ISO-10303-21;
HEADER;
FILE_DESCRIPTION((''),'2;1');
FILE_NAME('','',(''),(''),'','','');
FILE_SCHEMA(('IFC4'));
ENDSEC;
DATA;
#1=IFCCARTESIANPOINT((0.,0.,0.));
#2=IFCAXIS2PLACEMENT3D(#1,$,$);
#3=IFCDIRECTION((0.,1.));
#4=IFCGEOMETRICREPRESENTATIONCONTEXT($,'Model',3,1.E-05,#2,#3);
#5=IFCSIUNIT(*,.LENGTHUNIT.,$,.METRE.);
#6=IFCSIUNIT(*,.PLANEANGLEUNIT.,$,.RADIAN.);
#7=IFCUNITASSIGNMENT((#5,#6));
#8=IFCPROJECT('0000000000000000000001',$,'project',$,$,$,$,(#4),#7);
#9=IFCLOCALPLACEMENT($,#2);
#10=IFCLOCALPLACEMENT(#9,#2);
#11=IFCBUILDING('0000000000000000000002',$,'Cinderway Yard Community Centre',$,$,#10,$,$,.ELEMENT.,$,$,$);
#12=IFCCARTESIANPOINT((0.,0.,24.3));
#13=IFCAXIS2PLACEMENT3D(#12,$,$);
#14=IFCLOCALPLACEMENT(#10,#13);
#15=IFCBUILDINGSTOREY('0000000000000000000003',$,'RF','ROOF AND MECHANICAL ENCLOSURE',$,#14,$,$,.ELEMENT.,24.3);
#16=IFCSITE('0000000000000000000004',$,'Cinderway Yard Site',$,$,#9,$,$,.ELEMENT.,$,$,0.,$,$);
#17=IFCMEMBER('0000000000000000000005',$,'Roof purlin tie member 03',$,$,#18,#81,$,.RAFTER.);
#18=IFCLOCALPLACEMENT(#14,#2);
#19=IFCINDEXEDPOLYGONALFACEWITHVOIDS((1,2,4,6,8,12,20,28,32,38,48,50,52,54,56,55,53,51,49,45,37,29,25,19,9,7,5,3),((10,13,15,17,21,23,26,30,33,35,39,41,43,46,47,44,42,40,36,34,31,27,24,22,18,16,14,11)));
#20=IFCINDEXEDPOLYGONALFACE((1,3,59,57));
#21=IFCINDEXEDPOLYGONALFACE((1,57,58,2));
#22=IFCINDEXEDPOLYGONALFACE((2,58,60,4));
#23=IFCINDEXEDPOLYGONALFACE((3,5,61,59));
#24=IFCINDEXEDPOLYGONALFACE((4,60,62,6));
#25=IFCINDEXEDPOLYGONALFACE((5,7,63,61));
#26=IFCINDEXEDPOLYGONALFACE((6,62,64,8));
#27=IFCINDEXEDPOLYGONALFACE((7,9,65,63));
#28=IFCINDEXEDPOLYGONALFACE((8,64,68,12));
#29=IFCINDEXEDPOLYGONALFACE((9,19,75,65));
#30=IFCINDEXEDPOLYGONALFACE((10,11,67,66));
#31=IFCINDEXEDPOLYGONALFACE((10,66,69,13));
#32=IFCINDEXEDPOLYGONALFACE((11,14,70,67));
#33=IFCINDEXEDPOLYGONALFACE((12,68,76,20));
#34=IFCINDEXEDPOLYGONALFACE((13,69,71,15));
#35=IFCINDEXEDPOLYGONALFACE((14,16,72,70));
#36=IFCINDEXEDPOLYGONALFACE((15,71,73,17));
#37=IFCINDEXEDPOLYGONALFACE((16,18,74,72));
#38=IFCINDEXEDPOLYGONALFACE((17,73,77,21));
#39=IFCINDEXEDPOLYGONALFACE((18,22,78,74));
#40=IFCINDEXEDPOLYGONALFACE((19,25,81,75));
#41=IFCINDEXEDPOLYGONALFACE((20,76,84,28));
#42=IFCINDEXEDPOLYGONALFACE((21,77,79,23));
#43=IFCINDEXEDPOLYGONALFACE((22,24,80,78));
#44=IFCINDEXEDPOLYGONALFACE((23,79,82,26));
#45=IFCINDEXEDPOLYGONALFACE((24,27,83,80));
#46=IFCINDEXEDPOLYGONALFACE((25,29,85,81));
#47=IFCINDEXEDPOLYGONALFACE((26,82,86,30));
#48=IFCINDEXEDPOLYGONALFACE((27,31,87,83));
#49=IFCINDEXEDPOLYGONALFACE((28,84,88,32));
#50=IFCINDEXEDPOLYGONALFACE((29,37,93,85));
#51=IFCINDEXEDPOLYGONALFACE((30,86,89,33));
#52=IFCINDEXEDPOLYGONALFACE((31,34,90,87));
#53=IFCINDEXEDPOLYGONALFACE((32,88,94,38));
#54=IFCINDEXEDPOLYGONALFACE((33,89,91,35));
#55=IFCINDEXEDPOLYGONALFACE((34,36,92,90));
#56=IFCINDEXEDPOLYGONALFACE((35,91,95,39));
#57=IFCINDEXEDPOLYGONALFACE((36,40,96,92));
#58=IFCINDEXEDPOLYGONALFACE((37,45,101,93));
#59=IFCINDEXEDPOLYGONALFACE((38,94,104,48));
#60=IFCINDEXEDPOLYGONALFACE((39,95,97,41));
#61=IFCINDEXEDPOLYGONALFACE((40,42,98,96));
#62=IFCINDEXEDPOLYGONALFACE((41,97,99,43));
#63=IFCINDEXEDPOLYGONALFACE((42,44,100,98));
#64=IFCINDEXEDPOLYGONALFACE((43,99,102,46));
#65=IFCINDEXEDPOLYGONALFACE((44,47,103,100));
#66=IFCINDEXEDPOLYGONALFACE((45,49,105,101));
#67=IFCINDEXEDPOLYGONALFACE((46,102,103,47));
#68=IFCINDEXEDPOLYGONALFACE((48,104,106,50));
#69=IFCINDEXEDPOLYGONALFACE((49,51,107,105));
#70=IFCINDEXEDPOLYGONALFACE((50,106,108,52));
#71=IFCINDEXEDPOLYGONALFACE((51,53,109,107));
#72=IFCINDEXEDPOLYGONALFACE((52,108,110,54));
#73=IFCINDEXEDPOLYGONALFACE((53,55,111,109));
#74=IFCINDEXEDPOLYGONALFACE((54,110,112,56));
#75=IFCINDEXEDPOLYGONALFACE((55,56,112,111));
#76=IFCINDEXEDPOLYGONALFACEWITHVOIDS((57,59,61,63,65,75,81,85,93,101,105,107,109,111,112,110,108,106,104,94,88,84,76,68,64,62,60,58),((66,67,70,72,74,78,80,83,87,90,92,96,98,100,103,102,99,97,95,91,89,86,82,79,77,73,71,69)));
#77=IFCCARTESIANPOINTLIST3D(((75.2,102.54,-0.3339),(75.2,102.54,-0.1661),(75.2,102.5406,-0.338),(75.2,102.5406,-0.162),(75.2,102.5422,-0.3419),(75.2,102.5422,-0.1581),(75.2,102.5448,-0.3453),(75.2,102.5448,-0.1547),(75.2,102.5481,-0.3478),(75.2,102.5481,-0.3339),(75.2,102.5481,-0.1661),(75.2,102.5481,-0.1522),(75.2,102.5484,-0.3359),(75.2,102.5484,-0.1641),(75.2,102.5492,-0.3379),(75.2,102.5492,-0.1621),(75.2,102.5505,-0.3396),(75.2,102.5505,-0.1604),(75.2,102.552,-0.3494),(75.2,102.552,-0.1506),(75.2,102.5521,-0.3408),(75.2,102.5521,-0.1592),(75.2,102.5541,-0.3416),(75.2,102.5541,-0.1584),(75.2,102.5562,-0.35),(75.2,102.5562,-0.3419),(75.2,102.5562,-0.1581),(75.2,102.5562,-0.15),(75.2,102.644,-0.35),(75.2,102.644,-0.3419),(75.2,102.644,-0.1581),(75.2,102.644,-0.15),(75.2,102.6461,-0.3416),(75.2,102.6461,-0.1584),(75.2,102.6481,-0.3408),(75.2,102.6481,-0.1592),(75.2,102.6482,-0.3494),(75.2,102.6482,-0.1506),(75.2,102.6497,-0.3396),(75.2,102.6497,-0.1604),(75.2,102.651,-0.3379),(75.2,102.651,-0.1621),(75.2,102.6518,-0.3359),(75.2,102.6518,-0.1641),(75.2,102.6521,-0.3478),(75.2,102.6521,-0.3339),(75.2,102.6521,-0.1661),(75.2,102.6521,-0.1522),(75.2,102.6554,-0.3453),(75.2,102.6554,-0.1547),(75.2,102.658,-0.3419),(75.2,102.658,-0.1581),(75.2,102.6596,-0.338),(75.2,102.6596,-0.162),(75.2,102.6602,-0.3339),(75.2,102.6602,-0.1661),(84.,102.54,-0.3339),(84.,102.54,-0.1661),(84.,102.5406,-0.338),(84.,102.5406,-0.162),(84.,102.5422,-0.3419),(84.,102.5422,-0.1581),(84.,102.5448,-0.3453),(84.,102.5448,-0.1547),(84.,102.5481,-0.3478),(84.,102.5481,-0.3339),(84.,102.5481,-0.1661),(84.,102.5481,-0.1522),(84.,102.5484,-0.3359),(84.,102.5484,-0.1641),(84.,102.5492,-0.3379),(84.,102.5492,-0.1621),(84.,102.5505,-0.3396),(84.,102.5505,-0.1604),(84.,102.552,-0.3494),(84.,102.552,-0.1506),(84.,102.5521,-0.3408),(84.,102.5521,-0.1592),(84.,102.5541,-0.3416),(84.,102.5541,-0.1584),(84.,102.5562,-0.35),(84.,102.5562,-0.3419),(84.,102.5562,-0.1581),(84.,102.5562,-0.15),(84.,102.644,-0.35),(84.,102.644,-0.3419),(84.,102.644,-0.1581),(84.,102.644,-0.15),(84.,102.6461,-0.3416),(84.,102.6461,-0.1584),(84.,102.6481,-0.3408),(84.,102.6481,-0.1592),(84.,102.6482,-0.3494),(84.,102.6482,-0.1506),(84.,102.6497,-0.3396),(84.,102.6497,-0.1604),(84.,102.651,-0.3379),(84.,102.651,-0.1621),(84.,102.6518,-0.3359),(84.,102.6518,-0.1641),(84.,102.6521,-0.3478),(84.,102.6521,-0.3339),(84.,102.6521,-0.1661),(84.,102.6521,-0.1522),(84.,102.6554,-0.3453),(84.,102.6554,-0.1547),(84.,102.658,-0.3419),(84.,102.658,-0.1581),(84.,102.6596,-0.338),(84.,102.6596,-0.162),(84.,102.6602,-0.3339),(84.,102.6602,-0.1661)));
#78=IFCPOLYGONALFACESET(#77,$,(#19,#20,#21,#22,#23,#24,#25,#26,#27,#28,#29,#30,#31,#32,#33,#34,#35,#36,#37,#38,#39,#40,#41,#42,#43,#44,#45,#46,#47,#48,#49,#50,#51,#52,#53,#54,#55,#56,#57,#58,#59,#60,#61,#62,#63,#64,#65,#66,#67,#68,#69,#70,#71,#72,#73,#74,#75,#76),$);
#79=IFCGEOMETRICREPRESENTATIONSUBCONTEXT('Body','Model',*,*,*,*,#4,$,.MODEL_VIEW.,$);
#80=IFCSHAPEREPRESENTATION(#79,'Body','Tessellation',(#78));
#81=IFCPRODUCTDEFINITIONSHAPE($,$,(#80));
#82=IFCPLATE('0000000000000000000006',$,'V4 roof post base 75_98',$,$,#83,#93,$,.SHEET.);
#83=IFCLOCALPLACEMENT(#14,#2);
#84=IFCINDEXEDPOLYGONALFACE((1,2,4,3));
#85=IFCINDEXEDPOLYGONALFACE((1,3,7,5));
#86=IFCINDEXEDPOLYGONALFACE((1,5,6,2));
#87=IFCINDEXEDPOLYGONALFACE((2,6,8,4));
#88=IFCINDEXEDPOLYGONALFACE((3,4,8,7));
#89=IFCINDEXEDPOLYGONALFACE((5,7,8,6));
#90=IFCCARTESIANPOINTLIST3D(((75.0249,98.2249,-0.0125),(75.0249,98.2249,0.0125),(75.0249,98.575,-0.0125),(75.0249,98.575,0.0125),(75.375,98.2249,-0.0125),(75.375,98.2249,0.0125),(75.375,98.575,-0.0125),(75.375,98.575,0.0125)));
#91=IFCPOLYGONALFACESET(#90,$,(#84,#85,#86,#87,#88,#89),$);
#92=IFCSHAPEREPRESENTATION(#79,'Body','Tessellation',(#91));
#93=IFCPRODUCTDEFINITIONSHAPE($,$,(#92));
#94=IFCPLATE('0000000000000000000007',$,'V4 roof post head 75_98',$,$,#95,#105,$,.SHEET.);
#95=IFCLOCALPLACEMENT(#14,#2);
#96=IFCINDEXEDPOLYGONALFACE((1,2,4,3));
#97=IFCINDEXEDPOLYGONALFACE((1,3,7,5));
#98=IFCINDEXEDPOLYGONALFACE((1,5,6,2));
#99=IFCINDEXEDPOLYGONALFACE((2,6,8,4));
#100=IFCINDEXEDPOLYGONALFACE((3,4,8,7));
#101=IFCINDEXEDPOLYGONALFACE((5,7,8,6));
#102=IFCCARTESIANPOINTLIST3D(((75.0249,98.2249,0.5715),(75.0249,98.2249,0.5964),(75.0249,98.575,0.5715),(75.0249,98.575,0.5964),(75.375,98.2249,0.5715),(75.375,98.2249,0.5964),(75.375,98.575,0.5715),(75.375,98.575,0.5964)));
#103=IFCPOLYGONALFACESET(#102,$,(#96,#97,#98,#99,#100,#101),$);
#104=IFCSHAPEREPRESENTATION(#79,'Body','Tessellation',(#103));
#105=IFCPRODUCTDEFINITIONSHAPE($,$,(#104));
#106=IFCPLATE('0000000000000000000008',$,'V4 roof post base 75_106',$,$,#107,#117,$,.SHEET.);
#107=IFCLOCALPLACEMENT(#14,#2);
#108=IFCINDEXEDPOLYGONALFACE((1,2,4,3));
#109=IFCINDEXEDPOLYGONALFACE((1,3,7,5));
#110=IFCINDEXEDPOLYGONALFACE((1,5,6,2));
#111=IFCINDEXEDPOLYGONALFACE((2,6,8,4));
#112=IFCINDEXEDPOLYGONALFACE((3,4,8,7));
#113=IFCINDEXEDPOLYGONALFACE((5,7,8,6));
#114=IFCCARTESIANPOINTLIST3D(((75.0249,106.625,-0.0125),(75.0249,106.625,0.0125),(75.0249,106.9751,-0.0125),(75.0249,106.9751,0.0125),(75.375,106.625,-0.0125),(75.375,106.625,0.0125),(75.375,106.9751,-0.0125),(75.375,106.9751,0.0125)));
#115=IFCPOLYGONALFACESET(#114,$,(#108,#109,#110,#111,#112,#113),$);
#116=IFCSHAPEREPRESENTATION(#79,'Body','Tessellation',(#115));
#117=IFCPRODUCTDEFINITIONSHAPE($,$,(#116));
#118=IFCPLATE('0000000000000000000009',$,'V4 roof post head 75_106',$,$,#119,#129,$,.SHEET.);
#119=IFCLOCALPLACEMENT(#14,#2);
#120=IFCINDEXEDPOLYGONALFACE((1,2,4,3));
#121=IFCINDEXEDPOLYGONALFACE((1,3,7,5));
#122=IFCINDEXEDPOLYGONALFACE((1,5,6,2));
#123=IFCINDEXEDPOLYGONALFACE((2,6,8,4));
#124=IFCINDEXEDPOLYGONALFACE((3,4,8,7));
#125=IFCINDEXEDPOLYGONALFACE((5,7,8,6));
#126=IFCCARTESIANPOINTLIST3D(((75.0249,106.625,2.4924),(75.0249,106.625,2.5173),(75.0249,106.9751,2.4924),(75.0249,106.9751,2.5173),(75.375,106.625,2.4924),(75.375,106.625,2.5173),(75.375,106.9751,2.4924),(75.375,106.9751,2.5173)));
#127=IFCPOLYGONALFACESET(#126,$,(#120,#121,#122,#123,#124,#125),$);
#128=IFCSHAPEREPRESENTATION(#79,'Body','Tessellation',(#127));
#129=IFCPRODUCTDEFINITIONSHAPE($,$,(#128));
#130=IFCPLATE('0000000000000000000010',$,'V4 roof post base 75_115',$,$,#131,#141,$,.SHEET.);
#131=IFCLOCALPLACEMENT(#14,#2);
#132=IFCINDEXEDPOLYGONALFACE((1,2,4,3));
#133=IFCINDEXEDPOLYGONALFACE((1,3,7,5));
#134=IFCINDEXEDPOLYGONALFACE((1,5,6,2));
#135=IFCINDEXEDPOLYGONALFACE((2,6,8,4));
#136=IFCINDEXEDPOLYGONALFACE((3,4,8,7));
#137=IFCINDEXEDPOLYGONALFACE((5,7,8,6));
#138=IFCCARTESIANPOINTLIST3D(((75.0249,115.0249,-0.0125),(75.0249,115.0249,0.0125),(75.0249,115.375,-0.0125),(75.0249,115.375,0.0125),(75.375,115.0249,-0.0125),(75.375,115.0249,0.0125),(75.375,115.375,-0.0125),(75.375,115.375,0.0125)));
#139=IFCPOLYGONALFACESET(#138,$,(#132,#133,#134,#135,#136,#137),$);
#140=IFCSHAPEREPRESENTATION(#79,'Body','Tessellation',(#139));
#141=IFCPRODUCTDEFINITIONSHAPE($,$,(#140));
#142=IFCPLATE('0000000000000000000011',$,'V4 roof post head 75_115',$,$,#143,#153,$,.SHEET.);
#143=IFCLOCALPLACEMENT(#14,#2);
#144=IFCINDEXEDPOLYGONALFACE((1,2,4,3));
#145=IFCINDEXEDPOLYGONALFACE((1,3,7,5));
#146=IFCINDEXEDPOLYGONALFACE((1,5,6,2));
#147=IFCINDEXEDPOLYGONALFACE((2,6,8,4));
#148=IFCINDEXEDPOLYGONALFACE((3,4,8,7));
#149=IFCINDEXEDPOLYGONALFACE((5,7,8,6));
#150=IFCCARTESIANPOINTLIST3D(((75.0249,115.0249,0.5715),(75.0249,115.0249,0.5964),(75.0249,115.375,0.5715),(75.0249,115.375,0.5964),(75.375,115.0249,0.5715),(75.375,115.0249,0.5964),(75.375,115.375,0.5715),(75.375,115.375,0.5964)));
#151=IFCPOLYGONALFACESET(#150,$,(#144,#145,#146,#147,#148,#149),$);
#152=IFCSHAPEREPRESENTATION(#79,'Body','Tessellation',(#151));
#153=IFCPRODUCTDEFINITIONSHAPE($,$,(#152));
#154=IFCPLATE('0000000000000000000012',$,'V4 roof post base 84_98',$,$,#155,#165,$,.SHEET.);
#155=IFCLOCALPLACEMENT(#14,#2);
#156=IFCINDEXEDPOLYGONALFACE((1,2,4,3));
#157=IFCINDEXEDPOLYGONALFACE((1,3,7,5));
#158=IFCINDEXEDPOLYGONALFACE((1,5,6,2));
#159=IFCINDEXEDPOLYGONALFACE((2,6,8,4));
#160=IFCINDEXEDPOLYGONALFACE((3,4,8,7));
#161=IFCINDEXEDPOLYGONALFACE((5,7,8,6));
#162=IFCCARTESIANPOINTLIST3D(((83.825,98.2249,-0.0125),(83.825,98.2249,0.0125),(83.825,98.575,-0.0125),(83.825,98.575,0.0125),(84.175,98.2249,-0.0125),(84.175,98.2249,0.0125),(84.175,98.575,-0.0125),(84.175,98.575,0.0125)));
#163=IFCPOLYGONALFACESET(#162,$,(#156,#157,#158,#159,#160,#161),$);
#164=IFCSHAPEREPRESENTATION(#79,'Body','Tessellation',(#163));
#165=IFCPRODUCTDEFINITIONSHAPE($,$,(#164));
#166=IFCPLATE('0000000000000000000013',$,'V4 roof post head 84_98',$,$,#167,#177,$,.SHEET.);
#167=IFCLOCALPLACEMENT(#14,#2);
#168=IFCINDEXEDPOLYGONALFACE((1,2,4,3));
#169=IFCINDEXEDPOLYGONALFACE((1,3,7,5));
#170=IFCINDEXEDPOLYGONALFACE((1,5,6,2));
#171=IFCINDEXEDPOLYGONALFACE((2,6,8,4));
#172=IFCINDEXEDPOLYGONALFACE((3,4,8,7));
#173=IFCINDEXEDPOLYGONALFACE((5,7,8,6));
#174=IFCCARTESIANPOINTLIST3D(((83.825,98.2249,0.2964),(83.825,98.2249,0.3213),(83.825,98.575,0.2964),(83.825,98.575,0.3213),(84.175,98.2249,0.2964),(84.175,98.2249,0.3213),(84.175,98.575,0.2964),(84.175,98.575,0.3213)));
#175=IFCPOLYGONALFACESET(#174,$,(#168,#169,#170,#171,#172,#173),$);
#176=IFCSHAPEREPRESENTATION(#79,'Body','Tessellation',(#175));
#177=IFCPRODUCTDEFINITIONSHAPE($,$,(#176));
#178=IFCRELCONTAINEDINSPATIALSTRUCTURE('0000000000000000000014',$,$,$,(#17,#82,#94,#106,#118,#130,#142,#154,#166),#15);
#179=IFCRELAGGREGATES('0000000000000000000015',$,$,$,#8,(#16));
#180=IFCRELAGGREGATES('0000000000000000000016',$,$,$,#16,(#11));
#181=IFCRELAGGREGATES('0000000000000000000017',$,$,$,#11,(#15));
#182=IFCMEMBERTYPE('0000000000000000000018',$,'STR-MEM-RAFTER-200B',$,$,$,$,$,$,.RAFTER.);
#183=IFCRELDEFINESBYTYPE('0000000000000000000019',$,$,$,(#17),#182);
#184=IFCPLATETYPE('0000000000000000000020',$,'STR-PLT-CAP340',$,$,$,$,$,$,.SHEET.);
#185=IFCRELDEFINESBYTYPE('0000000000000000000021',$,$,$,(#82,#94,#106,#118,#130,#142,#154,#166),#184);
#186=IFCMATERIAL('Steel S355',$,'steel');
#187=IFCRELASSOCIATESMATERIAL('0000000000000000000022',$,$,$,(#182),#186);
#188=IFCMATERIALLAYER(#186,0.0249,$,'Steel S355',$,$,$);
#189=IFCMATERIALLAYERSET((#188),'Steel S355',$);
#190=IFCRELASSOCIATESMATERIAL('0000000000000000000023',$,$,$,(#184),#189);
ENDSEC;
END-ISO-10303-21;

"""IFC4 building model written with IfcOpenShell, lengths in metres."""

from ifc_helpers import new_model, si_unit, direction, frame, origin, origin_2d, place, context, subcontext, project, spatial, rectangle, hollow_rectangle, extrude, material, layer, layer_set, material_profile, profile_set, type_object, element, save


model = new_model("IFC4")

# Units and contexts
model_context = context("Model", 3, precision=1e-05, world=origin(), true_north=direction((0.0, 1.0)))
body_context = subcontext(model_context, "Body", "Model", "MODEL_VIEW")
ifc_project = project(units=[si_unit("LENGTHUNIT", "METRE"), si_unit("PLANEANGLEUNIT", "RADIAN")], contexts=[model_context])

# Site, building, storey
site_placement = place(None, origin())
site = spatial("IfcSite", under=ifc_project, at=site_placement, Name="Cinderway Yard Site", CompositionType="ELEMENT", RefElevation=0.0)
building_placement = place(site_placement, origin())
building = spatial("IfcBuilding", under=site, at=building_placement, Name="Cinderway Yard Community Centre", CompositionType="ELEMENT")
storey_placement = place(building_placement, frame((0.0, 0.0, 24.3)))
storey = spatial("IfcBuildingStorey", under=building, at=storey_placement, Name="RF", Description="ROOF AND MECHANICAL ENCLOSURE", CompositionType="ELEMENT", Elevation=24.3)

# Shared definitions
ifc_material = material(Name="Steel S355", Category="steel")

# Member
ifc_material_profile_1 = material_profile(ifc_material, hollow_rectangle(XDim=0.1201, YDim=0.2, WallThickness=0.0081, InnerFilletRadius=0.0081, OuterFilletRadius=0.0161, at=origin_2d()), Name="Steel S355")
ifc_profile_set_1 = profile_set([ifc_material_profile_1], Name="Steel S355")
member_type_1 = type_object("IfcMemberType", Name="STR-MEM-RAFTER-200B", PredefinedType="RAFTER", material=ifc_profile_set_1)
member_1_placement = place(storey_placement, frame((75.2, 102.6001, -0.25), z_axis=(1.0, 0.0, 0.0), x_axis=(0.0, 1.0, 0.0)))
element("IfcMember", 1, at=member_1_placement, inside=storey, type_object=member_type_1, Name="Roof purlin tie member 03", PredefinedType="RAFTER", context=body_context, shape_type="SweptSolid", body=[
    extrude(hollow_rectangle(XDim=0.1201, YDim=0.2, WallThickness=0.0081, InnerFilletRadius=0.0081, OuterFilletRadius=0.0161, at=origin_2d()), origin(), (0.0, 0.0, 1.0), 8.8),
])

# Plates
ifc_layer = layer(ifc_material, 0.0249, Name="Steel S355")
ifc_layer_set = layer_set([ifc_layer], Name="Steel S355")
plate_type = type_object("IfcPlateType", Name="STR-PLT-CAP340", PredefinedType="SHEET", material=ifc_layer_set)
for number, where, z_axis, x_axis, name in (
    (2, (75.2, 98.3999, -0.0125), (0.0, 0.0, 1.0), (1.0, 0.0, 0.0), "V4 roof post base 75_98"),
    (3, (75.2, 98.3999, 0.5715), (0.0, 0.0, 1.0), (1.0, 0.0, 0.0), "V4 roof post head 75_98"),
    (4, (75.2, 106.8, -0.0125), (0.0, 0.0, 1.0), (1.0, 0.0, 0.0), "V4 roof post base 75_106"),
    (5, (75.2, 106.8, 2.4924), (0.0, 0.0, 1.0), (1.0, 0.0, 0.0), "V4 roof post head 75_106"),
    (6, (75.2, 115.2, -0.0125), (0.0, 0.0, 1.0), (1.0, 0.0, 0.0), "V4 roof post base 75_115"),
    (7, (75.2, 115.2, 0.5715), (0.0, 0.0, 1.0), (1.0, 0.0, 0.0), "V4 roof post head 75_115"),
    (8, (84.0, 98.3999, -0.0125), (0.0, 0.0, 1.0), (1.0, 0.0, 0.0), "V4 roof post base 84_98"),
    (9, (84.0, 98.3999, 0.2964), (0.0, 0.0, 1.0), (1.0, 0.0, 0.0), "V4 roof post head 84_98"),
):
    element("IfcPlate", number, at=place(storey_placement, frame(where, z_axis=z_axis, x_axis=x_axis)), inside=storey, type_object=plate_type, Name=name, PredefinedType="SHEET", context=body_context, shape_type="SweptSolid", body=[
        extrude(rectangle(XDim=0.3501, YDim=0.3501, at=origin_2d()), origin(), (0.0, 0.0, 1.0), 0.0249),
    ])

save(model, "model.ifc")
